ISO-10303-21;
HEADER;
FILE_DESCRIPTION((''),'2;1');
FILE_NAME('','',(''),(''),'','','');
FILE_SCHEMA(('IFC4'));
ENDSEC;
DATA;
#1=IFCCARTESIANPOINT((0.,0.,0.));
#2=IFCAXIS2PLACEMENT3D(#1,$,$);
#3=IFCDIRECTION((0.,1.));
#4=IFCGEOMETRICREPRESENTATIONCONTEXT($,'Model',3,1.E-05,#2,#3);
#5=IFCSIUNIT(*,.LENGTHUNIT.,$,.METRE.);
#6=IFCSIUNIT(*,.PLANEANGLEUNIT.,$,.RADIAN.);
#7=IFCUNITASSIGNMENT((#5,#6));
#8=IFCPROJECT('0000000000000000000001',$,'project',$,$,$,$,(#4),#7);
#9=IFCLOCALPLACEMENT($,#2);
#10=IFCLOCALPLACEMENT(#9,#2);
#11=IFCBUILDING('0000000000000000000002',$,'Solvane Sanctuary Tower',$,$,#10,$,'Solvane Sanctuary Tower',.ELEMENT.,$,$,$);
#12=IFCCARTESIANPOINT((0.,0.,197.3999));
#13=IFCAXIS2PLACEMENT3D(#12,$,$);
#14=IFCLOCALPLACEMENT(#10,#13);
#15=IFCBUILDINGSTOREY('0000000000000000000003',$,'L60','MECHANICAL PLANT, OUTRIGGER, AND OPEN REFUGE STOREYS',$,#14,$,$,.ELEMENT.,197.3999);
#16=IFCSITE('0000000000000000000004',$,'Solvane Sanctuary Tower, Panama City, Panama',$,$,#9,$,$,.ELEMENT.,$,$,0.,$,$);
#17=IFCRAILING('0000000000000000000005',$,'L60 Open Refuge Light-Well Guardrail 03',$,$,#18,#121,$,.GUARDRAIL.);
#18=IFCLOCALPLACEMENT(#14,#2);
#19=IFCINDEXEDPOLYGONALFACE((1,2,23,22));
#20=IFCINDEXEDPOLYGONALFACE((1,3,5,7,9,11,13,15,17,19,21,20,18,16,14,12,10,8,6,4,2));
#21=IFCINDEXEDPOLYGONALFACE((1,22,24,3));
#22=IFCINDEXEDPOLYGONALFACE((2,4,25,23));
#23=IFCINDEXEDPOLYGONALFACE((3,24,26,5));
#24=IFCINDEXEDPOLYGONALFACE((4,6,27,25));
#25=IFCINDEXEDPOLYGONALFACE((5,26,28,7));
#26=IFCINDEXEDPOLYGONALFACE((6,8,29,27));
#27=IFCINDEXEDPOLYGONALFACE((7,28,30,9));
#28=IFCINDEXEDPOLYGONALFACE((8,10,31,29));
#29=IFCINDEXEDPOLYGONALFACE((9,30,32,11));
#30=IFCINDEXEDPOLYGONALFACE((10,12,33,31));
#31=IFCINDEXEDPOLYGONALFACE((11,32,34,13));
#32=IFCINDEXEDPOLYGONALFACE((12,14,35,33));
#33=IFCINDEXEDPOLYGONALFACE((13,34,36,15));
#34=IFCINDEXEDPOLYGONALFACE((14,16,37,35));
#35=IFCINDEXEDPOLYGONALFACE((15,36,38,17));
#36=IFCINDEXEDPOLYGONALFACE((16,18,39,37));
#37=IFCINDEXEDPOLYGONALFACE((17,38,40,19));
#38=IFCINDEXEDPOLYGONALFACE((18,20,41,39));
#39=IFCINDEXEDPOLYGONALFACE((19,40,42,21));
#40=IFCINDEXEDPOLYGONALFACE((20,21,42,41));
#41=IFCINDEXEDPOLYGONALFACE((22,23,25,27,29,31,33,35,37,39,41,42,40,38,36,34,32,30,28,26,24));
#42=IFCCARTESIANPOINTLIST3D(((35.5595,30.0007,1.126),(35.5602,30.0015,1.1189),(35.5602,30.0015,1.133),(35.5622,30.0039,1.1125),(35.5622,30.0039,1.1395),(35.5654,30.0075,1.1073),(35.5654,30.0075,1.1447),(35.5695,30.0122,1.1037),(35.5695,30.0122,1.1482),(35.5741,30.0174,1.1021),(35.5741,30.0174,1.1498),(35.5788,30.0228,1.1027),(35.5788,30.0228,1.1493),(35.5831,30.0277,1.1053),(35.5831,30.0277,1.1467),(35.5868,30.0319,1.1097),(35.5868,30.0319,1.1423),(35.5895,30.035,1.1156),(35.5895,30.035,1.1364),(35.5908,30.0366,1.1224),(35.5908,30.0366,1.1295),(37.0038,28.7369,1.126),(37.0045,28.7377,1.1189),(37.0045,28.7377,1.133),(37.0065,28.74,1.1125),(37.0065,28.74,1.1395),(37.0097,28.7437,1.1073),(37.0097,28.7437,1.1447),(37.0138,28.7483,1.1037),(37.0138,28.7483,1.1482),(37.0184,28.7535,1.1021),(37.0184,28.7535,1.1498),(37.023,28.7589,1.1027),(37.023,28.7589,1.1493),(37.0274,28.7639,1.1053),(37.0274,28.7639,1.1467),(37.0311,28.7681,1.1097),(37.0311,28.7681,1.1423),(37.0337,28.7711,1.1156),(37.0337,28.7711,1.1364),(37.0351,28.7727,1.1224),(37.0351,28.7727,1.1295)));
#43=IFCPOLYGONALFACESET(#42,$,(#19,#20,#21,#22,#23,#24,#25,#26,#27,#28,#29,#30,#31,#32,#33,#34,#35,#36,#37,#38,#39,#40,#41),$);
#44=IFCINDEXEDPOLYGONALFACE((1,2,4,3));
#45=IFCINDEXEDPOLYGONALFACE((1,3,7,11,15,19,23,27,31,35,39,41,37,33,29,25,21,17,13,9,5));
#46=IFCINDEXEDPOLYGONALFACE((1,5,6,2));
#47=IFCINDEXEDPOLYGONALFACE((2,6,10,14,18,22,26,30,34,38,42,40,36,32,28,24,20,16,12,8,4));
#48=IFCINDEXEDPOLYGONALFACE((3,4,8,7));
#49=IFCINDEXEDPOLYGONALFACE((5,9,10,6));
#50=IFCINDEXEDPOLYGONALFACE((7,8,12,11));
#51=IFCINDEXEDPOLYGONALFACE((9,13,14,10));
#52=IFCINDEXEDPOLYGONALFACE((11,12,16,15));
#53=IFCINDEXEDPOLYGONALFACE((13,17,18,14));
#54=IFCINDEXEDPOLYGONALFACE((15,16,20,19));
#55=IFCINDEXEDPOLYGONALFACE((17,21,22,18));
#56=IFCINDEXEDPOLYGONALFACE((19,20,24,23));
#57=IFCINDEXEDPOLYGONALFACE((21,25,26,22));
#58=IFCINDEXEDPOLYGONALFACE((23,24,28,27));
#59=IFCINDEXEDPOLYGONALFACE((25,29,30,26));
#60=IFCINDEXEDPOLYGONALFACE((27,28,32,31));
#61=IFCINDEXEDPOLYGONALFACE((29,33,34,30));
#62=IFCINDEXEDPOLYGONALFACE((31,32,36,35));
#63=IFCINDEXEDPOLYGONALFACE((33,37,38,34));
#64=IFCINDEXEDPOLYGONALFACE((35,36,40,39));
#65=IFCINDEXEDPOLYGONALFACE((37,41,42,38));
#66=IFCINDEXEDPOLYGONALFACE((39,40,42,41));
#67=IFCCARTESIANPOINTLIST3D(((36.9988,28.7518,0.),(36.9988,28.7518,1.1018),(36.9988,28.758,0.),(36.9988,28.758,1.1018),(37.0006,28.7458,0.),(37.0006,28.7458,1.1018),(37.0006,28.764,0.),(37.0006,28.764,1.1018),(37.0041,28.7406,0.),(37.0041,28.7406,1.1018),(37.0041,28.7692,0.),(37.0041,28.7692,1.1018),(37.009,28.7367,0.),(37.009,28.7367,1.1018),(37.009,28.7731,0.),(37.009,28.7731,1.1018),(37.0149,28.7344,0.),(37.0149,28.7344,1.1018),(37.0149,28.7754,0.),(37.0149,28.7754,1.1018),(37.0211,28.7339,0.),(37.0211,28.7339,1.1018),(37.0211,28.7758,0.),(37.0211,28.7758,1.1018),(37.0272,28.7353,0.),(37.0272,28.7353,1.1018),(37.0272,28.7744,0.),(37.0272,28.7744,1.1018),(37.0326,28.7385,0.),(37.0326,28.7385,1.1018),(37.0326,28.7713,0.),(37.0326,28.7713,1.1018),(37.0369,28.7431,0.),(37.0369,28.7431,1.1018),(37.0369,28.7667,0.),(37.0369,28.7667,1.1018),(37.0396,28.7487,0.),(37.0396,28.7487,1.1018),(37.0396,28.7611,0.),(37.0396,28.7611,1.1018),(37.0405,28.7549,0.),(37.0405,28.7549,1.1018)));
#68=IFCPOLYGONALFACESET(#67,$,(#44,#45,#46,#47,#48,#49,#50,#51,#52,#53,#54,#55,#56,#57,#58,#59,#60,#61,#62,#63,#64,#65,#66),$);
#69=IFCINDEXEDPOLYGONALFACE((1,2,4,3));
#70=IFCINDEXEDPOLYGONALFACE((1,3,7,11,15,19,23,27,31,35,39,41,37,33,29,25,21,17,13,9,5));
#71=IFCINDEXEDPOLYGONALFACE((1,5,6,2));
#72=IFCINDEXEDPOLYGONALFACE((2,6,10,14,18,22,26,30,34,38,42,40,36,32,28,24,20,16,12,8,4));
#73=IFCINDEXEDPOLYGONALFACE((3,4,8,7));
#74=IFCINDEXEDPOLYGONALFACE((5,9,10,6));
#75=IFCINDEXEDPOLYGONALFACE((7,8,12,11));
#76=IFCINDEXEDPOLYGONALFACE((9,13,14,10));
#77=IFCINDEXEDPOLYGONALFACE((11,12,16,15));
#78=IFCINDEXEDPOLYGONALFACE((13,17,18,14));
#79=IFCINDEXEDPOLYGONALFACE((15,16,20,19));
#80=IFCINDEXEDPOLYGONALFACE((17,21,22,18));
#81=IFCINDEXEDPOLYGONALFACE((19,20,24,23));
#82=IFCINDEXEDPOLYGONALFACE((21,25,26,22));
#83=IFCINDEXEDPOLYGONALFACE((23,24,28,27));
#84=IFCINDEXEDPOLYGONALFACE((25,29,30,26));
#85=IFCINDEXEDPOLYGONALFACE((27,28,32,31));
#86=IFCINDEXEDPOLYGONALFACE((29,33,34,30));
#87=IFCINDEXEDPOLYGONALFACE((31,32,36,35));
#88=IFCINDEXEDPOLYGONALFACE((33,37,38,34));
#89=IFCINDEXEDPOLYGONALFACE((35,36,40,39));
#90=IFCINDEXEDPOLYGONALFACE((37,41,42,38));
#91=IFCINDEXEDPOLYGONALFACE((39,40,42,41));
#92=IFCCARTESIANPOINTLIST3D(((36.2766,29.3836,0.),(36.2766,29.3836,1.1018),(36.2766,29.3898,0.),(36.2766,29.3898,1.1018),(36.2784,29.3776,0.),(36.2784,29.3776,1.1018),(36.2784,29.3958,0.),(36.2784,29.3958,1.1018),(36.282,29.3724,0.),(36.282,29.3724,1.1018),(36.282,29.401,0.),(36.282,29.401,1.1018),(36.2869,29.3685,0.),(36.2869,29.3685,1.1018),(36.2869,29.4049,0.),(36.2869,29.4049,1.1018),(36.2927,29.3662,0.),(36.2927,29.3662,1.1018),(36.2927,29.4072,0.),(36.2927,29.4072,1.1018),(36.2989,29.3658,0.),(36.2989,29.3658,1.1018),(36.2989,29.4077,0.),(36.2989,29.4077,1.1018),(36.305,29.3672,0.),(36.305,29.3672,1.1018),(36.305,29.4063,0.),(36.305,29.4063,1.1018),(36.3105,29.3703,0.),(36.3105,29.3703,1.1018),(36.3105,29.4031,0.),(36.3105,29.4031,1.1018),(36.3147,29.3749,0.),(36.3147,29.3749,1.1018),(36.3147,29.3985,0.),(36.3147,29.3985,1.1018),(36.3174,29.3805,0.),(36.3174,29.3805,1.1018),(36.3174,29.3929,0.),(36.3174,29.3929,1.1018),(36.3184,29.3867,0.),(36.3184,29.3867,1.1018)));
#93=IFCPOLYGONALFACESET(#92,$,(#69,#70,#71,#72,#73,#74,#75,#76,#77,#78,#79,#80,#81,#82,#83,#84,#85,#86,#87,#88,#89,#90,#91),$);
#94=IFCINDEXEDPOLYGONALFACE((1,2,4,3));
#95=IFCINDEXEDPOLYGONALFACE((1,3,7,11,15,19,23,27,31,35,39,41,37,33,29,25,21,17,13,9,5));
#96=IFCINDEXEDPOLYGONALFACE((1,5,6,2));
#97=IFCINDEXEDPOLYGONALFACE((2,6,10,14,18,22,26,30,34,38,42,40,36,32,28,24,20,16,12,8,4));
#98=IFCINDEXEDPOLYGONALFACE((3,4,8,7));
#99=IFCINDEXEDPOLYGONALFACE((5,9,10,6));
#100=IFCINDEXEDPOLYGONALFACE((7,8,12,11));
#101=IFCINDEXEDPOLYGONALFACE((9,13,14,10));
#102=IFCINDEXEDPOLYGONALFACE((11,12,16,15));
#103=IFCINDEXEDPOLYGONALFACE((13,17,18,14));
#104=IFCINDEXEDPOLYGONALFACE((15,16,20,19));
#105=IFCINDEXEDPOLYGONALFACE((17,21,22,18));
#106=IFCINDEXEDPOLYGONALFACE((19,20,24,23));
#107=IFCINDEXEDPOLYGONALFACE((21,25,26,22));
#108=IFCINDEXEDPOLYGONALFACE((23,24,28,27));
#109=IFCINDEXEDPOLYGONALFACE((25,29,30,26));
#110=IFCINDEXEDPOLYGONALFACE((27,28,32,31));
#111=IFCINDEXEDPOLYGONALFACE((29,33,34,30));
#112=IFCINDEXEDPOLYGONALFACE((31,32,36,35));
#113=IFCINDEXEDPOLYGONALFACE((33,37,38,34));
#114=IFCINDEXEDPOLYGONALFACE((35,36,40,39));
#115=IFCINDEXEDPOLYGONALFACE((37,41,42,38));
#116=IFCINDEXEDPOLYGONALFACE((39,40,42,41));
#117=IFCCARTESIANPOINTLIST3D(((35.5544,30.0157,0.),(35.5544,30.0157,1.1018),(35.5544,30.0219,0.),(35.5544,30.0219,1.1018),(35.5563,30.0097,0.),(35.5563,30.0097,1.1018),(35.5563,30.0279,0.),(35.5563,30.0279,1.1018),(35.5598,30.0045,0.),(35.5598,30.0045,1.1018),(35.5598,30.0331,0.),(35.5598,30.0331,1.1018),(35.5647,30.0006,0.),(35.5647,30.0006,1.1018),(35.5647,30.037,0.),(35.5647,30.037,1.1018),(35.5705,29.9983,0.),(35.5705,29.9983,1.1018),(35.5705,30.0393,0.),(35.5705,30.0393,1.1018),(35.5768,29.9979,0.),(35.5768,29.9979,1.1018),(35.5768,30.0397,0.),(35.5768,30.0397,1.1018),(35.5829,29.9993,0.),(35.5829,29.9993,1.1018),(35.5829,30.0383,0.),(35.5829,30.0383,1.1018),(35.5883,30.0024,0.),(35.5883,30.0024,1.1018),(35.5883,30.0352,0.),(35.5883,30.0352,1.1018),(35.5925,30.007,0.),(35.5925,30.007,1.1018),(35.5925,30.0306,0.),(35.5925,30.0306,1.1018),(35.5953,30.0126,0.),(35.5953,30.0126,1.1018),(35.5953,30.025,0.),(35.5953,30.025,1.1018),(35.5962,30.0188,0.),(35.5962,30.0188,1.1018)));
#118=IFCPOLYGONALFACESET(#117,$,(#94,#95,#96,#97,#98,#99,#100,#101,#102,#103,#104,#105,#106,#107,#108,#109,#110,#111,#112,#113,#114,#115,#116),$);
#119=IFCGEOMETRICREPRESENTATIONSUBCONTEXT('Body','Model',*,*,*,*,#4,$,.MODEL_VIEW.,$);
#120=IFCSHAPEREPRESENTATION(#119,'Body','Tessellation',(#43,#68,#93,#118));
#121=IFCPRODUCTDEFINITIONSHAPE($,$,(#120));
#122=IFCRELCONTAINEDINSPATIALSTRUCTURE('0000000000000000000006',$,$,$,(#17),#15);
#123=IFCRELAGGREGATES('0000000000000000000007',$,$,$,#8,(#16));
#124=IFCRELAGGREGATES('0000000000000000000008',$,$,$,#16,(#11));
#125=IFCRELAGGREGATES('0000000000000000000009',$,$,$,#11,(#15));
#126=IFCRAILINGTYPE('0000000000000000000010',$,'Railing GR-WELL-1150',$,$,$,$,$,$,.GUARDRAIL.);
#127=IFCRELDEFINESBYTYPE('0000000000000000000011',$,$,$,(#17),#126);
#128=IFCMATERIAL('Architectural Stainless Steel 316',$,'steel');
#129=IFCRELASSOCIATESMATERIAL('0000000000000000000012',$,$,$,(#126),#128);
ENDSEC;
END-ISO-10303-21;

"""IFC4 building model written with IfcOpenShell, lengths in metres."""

from ifc_helpers import new_model, si_unit, direction, frame, origin, origin_2d, place, context, subcontext, project, spatial, circle, extrude, material, type_object, element, save


model = new_model("IFC4")

# Units and contexts
model_context = context("Model", 3, precision=1e-05, world=origin(), true_north=direction((0.0, 1.0)))
body_context = subcontext(model_context, "Body", "Model", "MODEL_VIEW")
ifc_project = project(units=[si_unit("LENGTHUNIT", "METRE"), si_unit("PLANEANGLEUNIT", "RADIAN")], contexts=[model_context])

# Site, building, storey
site_placement = place(None, origin())
site = spatial("IfcSite", under=ifc_project, at=site_placement, Name="Solvane Sanctuary Tower, Panama City, Panama", CompositionType="ELEMENT", RefElevation=0.0)
building_placement = place(site_placement, origin())
building = spatial("IfcBuilding", under=site, at=building_placement, Name="Solvane Sanctuary Tower", LongName="Solvane Sanctuary Tower", CompositionType="ELEMENT")
storey_placement = place(building_placement, frame((0.0, 0.0, 197.3999)))
storey = spatial("IfcBuildingStorey", under=building, at=storey_placement, Name="L60", Description="MECHANICAL PLANT, OUTRIGGER, AND OPEN REFUGE STOREYS", CompositionType="ELEMENT", Elevation=197.3999)

# Shared definitions
ifc_material_1 = material(Name="Architectural Stainless Steel 316", Category="steel")

# Railing
railing_type_1 = type_object("IfcRailingType", Name="Railing GR-WELL-1150", PredefinedType="GUARDRAIL", material=ifc_material_1)
railing_1_placement = place(storey_placement, frame((37.0195, 28.7549, 0.0)))
element("IfcRailing", 1, at=railing_1_placement, inside=storey, type_object=railing_type_1, Name="L60 Open Refuge Light-Well Guardrail 03", PredefinedType="GUARDRAIL", context=body_context, shape_type="SweptSolid", body=[
    extrude(circle(Radius=0.0239, at=origin_2d()), frame((0.0, 0.0, 1.126), z_axis=(-0.752545, 0.658541, 0.0), x_axis=(-0.658541, -0.752545, 0.0)), (0.0, 0.0, 1.0), 1.9192),
    extrude(circle(Radius=0.021, at=origin_2d()), origin(), (0.0, 0.0, 1.0), 1.1018),
    extrude(circle(Radius=0.021, at=origin_2d()), frame((-0.7222, 0.6318, 0.0)), (0.0, 0.0, 1.0), 1.1018),
    extrude(circle(Radius=0.021, at=origin_2d()), frame((-1.4443, 1.2639, 0.0)), (0.0, 0.0, 1.0), 1.1018),
])

save(model, "model.ifc")
